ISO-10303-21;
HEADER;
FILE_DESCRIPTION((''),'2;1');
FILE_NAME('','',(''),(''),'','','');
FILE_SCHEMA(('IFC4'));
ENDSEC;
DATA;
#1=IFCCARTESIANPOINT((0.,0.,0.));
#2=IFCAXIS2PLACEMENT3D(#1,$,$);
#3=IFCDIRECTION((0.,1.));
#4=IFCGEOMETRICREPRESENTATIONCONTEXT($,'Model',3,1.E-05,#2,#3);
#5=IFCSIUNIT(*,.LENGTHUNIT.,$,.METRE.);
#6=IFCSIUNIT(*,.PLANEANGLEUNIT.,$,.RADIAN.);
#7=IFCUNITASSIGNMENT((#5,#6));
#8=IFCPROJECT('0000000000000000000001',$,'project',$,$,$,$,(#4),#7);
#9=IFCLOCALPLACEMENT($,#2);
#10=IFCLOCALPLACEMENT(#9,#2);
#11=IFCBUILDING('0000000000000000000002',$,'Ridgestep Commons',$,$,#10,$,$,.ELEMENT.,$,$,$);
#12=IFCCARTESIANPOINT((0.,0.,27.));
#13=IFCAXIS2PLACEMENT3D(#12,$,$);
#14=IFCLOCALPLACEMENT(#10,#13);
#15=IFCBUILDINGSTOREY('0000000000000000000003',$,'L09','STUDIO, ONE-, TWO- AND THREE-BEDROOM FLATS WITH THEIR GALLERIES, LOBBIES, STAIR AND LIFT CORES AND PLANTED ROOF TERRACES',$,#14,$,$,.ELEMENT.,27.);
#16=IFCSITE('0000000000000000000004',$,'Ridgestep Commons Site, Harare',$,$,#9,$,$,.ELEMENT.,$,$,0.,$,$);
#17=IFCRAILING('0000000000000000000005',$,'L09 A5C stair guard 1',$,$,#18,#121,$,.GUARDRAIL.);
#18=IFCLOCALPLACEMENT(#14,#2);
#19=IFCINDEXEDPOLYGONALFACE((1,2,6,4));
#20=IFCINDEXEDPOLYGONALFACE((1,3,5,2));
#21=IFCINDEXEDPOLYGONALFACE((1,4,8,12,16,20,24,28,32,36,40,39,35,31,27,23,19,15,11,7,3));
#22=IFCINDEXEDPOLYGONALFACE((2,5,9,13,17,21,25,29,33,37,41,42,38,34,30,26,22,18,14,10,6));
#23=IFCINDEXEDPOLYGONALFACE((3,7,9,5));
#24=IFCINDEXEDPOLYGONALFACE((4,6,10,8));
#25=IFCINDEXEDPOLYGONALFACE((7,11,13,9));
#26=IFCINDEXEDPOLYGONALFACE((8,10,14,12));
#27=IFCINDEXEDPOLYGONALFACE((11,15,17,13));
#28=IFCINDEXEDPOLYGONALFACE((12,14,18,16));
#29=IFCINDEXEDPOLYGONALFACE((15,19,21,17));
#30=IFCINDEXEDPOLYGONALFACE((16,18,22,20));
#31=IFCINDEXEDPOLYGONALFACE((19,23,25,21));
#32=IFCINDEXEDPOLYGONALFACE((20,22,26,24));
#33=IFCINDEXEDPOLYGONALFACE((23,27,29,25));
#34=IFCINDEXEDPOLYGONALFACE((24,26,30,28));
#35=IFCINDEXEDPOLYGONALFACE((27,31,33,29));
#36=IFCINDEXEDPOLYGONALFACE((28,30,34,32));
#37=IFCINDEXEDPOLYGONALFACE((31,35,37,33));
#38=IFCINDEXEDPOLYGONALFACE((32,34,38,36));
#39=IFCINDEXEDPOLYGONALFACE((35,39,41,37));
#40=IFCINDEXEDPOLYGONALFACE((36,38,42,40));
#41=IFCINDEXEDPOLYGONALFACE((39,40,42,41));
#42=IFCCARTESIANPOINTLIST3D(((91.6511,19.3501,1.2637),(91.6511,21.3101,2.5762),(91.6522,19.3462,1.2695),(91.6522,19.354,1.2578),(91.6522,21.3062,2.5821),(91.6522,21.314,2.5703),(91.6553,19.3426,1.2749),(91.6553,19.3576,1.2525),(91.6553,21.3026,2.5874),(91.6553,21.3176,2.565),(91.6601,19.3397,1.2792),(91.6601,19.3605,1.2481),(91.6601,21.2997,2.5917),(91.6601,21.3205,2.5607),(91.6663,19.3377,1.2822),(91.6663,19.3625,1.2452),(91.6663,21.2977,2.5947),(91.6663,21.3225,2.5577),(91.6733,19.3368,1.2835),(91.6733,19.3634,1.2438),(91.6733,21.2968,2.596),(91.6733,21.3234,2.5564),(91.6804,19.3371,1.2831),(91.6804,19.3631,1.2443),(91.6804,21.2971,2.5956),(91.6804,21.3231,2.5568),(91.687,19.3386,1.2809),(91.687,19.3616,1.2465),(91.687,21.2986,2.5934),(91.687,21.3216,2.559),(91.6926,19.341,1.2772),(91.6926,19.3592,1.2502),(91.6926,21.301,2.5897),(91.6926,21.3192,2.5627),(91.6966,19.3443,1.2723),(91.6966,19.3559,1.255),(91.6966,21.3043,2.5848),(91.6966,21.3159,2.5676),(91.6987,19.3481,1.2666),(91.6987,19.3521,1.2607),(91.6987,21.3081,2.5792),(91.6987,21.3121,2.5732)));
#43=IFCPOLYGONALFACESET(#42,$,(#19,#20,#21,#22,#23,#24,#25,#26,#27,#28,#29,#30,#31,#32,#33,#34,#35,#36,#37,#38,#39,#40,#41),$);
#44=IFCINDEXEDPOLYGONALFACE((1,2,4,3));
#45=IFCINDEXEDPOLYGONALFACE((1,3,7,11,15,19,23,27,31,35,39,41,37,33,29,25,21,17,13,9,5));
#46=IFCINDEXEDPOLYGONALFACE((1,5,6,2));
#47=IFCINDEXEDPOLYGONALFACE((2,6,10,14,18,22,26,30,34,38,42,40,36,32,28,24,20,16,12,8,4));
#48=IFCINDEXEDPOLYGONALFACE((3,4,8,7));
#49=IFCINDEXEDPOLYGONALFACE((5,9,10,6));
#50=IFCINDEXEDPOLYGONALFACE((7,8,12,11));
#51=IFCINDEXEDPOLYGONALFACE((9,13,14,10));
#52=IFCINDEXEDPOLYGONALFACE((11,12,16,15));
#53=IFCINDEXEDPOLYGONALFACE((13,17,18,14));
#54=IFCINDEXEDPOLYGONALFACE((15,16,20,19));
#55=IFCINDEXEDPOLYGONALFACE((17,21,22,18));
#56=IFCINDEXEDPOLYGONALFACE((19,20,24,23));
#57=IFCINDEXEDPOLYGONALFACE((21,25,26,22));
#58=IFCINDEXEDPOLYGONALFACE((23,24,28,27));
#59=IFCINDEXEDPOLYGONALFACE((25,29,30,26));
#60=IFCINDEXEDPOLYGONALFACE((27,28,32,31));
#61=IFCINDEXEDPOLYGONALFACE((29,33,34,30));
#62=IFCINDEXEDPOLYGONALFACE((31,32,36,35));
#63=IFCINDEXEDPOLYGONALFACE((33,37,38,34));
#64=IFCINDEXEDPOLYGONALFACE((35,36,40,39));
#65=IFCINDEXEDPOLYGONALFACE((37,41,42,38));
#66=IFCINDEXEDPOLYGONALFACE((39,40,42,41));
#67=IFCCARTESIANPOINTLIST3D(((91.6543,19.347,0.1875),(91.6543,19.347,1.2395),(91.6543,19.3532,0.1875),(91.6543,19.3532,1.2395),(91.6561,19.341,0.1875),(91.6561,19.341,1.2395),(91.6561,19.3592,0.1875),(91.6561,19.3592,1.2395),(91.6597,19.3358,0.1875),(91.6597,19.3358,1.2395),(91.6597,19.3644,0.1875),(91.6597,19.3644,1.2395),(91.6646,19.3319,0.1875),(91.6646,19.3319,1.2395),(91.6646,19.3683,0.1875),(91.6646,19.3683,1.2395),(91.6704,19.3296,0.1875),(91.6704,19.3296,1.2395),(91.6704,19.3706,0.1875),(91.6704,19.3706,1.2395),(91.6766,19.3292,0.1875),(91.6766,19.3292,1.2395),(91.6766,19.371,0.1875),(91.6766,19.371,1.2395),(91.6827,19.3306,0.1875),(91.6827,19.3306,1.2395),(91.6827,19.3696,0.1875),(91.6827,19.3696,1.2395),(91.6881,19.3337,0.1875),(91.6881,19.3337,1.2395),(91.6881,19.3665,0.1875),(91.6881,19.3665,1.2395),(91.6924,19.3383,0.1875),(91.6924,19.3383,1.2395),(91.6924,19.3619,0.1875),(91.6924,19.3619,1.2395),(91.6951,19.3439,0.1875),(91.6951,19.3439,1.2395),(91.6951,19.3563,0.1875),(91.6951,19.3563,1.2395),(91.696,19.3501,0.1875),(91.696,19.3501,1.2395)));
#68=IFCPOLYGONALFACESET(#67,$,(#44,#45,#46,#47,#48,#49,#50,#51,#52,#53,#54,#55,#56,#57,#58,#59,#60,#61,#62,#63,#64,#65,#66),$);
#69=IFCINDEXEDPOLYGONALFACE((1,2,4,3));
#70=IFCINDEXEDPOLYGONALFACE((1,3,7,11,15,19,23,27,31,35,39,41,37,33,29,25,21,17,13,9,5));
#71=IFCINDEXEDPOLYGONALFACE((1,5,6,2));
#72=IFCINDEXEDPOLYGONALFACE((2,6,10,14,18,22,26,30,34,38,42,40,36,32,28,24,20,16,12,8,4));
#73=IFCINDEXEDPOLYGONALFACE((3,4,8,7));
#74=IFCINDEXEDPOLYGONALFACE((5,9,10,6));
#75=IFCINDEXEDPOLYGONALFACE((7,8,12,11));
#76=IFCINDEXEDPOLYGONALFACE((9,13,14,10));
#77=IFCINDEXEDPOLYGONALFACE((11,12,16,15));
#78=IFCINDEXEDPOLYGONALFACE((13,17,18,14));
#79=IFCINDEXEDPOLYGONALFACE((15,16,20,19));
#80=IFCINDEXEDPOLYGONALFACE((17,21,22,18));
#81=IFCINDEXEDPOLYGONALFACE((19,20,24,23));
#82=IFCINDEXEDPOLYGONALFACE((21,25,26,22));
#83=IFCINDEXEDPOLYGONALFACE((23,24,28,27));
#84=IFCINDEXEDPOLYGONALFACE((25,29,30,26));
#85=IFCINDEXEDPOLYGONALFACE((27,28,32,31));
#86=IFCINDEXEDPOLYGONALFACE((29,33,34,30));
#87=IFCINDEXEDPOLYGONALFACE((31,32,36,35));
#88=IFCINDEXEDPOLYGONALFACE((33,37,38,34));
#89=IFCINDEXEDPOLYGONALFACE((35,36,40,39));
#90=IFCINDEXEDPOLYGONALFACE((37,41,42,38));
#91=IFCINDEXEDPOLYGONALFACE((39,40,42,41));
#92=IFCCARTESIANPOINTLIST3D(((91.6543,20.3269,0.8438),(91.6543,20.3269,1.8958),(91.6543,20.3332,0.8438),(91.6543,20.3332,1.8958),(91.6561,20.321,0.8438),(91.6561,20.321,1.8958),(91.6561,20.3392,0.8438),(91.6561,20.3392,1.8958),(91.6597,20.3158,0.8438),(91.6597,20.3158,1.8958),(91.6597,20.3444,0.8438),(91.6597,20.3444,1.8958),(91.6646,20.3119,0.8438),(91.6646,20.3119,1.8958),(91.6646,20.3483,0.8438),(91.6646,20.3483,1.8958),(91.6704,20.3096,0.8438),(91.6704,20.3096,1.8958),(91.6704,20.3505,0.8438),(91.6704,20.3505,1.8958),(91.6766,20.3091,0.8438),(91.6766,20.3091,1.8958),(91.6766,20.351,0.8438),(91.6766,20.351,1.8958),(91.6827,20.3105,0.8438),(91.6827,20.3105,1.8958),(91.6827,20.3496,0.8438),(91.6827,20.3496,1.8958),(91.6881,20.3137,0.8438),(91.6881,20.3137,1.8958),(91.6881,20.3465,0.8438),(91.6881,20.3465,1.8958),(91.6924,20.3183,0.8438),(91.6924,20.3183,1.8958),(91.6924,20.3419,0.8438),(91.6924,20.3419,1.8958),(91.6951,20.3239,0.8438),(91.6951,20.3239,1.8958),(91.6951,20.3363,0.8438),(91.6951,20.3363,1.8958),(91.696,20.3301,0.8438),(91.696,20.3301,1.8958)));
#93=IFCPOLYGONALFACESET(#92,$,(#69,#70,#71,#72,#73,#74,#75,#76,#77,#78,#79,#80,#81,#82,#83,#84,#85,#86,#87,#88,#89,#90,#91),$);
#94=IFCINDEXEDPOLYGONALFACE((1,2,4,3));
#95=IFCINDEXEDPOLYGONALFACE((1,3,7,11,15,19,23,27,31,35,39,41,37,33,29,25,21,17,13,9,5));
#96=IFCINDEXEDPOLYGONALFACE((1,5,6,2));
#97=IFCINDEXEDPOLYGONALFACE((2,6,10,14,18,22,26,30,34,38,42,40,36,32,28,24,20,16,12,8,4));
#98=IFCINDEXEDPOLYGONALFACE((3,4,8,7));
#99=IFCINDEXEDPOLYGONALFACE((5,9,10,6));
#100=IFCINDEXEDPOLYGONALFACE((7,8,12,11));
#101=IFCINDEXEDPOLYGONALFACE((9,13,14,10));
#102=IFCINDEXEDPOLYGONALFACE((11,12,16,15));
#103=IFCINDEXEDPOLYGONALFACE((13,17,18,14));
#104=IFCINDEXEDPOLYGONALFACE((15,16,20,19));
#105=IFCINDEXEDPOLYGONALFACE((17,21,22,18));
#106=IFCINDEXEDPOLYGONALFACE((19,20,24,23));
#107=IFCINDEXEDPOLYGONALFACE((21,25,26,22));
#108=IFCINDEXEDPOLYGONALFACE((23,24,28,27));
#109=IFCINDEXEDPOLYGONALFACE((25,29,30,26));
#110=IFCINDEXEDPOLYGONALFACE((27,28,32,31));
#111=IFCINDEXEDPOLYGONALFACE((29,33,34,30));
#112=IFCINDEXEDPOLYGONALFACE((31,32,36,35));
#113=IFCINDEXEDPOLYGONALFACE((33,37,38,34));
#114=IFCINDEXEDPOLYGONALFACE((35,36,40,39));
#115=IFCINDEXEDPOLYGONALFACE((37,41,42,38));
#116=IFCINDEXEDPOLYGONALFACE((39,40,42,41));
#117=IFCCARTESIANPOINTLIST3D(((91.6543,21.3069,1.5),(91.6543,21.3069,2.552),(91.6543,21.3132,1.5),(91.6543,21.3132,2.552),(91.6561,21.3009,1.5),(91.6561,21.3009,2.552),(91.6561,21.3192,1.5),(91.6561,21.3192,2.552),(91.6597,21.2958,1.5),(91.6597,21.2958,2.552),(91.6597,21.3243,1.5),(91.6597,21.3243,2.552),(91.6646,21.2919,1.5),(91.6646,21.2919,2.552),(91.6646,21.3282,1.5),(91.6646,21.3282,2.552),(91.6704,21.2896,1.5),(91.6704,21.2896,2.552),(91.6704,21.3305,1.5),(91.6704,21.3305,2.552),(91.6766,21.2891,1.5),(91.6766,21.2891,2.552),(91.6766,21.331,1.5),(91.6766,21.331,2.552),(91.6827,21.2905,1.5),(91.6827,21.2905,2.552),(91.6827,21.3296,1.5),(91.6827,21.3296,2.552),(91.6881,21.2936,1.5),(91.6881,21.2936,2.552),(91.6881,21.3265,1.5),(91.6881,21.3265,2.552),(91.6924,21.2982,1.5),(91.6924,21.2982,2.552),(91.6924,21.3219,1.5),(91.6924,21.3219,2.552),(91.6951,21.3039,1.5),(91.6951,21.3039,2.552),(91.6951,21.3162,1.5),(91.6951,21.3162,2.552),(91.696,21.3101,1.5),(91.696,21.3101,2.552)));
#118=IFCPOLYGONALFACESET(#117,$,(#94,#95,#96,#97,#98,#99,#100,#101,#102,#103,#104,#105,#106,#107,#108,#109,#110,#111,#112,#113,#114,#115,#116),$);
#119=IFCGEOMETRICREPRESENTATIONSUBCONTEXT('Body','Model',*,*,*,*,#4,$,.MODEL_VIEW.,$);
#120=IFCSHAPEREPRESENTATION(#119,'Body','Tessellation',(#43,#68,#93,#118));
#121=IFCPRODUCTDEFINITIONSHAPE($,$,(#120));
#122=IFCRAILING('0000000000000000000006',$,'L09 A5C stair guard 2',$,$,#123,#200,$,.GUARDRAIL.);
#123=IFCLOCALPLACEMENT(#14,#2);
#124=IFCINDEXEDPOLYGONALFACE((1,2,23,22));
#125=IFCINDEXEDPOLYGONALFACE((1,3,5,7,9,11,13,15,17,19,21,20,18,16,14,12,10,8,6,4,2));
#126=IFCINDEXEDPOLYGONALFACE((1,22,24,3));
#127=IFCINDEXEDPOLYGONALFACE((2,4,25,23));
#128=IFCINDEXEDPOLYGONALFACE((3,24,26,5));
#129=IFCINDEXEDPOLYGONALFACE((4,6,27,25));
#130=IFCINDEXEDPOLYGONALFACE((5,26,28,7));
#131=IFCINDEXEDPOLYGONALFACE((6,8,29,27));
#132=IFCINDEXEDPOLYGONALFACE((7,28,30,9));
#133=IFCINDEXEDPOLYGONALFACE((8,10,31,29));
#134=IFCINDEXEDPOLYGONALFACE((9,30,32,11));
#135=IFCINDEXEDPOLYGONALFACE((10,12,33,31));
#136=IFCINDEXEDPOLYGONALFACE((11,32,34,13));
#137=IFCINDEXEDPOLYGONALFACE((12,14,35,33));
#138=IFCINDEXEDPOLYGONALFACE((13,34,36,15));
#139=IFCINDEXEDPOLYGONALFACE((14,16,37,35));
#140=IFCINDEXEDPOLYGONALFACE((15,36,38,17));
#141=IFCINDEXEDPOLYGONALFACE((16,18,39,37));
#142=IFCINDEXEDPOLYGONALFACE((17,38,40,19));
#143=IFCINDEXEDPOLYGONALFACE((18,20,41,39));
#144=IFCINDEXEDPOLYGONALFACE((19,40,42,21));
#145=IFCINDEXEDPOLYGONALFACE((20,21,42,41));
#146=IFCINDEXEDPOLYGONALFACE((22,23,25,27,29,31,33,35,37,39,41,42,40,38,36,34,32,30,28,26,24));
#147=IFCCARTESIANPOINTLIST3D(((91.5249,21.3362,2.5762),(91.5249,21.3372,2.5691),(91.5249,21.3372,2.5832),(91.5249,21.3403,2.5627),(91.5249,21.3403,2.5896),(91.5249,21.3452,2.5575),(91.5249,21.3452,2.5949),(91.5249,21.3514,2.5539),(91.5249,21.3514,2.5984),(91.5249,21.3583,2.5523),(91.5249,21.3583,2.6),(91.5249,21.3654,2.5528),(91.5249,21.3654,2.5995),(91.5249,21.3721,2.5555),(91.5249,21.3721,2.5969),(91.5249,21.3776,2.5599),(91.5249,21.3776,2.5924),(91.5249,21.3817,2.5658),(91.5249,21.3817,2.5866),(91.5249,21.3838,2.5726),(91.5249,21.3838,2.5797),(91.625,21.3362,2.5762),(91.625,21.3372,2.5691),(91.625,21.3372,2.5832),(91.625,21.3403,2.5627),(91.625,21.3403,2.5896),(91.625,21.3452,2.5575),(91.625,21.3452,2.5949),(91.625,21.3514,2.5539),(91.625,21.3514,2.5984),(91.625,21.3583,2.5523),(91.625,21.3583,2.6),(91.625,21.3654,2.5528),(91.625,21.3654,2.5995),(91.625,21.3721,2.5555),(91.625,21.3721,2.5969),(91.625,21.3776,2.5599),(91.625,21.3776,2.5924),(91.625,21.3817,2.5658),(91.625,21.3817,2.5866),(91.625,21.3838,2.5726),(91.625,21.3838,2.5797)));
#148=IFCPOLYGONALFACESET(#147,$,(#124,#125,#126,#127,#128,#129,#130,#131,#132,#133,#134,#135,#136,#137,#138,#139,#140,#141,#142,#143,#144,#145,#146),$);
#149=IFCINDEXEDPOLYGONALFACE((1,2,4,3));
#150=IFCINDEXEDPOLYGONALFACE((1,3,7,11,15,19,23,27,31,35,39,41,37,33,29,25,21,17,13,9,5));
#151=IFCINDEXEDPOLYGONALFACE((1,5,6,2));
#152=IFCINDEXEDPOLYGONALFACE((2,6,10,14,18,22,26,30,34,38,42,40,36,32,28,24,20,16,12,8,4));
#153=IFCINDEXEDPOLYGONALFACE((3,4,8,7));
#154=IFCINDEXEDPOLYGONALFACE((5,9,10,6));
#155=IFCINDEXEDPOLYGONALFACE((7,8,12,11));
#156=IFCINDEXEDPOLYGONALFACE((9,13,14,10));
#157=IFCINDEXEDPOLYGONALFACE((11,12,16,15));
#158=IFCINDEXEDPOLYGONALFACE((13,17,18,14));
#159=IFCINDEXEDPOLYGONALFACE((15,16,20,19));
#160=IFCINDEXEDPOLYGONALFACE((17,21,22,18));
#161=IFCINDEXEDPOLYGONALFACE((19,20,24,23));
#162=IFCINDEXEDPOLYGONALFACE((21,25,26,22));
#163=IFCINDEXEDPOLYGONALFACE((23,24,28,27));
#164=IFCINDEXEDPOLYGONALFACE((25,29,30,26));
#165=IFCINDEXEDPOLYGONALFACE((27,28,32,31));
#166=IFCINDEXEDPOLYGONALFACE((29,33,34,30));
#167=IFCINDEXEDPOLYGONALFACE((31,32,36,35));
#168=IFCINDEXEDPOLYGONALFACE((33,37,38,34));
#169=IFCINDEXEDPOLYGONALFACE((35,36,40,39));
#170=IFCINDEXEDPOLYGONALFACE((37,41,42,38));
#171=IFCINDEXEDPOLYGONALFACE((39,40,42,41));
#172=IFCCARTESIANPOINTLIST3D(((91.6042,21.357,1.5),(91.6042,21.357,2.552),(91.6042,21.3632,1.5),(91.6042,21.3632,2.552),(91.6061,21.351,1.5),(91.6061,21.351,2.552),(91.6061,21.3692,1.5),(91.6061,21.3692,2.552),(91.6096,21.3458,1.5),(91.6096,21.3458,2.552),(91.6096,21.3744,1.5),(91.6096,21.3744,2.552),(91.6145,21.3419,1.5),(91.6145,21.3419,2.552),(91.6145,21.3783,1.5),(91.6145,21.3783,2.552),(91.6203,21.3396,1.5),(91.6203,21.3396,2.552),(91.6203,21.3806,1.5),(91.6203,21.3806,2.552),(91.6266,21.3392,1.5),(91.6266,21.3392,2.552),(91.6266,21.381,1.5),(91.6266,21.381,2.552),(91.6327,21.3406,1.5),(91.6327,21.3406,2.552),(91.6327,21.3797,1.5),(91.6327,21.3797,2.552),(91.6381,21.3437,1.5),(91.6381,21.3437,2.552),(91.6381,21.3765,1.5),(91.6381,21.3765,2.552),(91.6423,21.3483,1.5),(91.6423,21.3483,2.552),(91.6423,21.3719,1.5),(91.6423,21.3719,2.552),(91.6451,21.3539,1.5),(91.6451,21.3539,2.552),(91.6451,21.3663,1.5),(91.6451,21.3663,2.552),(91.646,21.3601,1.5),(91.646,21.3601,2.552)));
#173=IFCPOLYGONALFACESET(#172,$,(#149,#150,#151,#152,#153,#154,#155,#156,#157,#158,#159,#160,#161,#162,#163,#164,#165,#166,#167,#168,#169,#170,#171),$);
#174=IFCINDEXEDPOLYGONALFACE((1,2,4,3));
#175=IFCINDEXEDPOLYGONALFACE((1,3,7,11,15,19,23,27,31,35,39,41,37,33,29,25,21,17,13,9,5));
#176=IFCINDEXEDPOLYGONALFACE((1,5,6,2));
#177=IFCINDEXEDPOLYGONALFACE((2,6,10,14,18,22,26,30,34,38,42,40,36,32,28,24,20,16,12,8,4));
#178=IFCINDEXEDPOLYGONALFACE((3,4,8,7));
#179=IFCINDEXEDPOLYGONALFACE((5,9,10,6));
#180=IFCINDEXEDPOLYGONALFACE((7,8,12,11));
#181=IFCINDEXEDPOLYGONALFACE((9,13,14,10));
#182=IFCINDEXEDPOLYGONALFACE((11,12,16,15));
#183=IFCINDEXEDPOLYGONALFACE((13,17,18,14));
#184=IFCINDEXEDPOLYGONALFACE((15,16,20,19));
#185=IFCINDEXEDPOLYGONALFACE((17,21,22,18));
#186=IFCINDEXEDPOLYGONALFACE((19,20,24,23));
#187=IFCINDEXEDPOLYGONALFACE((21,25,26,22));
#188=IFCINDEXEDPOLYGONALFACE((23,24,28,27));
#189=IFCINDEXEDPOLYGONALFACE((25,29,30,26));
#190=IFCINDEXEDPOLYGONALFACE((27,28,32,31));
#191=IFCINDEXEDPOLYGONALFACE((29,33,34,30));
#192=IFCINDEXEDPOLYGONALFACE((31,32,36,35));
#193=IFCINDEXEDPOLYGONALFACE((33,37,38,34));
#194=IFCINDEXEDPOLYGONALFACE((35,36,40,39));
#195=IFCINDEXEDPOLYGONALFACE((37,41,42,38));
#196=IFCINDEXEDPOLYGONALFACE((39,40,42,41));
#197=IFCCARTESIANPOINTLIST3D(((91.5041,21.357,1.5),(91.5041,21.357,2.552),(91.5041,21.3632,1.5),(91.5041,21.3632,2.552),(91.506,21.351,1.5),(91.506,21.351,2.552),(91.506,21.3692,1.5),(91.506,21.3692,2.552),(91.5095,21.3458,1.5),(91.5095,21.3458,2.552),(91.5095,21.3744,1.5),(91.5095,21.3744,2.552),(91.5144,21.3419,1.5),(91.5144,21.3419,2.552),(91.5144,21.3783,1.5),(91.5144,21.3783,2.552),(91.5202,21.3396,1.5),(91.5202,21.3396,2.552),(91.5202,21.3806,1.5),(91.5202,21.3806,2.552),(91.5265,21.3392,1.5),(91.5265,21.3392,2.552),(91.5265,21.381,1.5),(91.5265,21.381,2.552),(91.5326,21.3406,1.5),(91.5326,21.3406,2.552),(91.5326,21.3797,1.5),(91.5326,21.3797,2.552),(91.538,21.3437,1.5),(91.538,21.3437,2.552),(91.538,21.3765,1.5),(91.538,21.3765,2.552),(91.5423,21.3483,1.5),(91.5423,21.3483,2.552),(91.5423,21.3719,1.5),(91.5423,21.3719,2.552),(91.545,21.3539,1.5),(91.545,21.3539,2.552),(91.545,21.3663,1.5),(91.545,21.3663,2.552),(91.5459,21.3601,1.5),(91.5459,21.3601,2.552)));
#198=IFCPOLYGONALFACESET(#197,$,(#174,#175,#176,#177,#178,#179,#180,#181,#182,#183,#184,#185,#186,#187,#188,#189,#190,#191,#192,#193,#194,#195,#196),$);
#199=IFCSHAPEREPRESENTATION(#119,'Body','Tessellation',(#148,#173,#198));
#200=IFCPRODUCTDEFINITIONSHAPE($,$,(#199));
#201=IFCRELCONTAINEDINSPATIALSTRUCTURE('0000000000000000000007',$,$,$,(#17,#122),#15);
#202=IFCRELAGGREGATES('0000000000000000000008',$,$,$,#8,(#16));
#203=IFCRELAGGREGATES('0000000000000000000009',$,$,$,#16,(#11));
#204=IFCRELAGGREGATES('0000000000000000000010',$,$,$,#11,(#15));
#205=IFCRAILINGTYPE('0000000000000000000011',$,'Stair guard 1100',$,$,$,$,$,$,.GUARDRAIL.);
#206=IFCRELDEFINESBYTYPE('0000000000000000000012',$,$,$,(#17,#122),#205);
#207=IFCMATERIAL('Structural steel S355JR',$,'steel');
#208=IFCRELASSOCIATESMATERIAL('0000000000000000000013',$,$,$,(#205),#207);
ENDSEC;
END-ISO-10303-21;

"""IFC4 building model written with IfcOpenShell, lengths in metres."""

from ifc_helpers import new_model, si_unit, direction, frame, origin, origin_2d, place, context, subcontext, project, spatial, circle, extrude, material, type_object, element, save


model = new_model("IFC4")

# Units and contexts
model_context = context("Model", 3, precision=1e-05, world=origin(), true_north=direction((0.0, 1.0)))
body_context = subcontext(model_context, "Body", "Model", "MODEL_VIEW")
ifc_project = project(units=[si_unit("LENGTHUNIT", "METRE"), si_unit("PLANEANGLEUNIT", "RADIAN")], contexts=[model_context])

# Site, building, storey
site_placement = place(None, origin())
site = spatial("IfcSite", under=ifc_project, at=site_placement, Name="Ridgestep Commons Site, Harare", CompositionType="ELEMENT", RefElevation=0.0)
building_placement = place(site_placement, origin())
building = spatial("IfcBuilding", under=site, at=building_placement, Name="Ridgestep Commons", CompositionType="ELEMENT")
storey_placement = place(building_placement, frame((0.0, 0.0, 27.0)))
storey = spatial("IfcBuildingStorey", under=building, at=storey_placement, Name="L09", Description="STUDIO, ONE-, TWO- AND THREE-BEDROOM FLATS WITH THEIR GALLERIES, LOBBIES, STAIR AND LIFT CORES AND PLANTED ROOF TERRACES", CompositionType="ELEMENT", Elevation=27.0)

# Railings
ifc_material_1 = material(Name="Structural steel S355JR", Category="steel")
railing_type_1 = type_object("IfcRailingType", Name="Stair guard 1100", PredefinedType="GUARDRAIL", material=ifc_material_1)
railing_1_placement = place(storey_placement, frame((91.675, 19.3501, 0.1875)))
element("IfcRailing", 1, at=railing_1_placement, inside=storey, type_object=railing_type_1, Name="L09 A5C stair guard 1", PredefinedType="GUARDRAIL", context=body_context, shape_type="SweptSolid", body=[
    extrude(circle(Radius=0.0239, at=origin_2d()), frame((0.0, 0.0, 1.0762), z_axis=(0.0, 0.830902, 0.556419), x_axis=(-1.0, 0.0, 0.0)), (0.0, 0.0, 1.0), 2.3589),
    extrude(circle(Radius=0.021, at=origin_2d()), origin(), (0.0, 0.0, 1.0), 1.052),
    extrude(circle(Radius=0.021, at=origin_2d()), frame((0.0, 0.98, 0.6562)), (0.0, 0.0, 1.0), 1.052),
    extrude(circle(Radius=0.021, at=origin_2d()), frame((0.0, 1.96, 1.3125)), (0.0, 0.0, 1.0), 1.052),
])
railing_2_placement = place(storey_placement, frame((91.625, 21.3601, 1.5)))
element("IfcRailing", 2, at=railing_2_placement, inside=storey, type_object=railing_type_1, Name="L09 A5C stair guard 2", PredefinedType="GUARDRAIL", context=body_context, shape_type="SweptSolid", body=[
    extrude(circle(Radius=0.0239, at=origin_2d()), frame((0.0, 0.0, 1.0762), z_axis=(-1.0, 0.0, 0.0), x_axis=(0.0, -1.0, 0.0)), (0.0, 0.0, 1.0), 0.1001),
    extrude(circle(Radius=0.021, at=origin_2d()), origin(), (0.0, 0.0, 1.0), 1.052),
    extrude(circle(Radius=0.021, at=origin_2d()), frame((-0.1001, 0.0, 0.0)), (0.0, 0.0, 1.0), 1.052),
])

save(model, "model.ifc")
